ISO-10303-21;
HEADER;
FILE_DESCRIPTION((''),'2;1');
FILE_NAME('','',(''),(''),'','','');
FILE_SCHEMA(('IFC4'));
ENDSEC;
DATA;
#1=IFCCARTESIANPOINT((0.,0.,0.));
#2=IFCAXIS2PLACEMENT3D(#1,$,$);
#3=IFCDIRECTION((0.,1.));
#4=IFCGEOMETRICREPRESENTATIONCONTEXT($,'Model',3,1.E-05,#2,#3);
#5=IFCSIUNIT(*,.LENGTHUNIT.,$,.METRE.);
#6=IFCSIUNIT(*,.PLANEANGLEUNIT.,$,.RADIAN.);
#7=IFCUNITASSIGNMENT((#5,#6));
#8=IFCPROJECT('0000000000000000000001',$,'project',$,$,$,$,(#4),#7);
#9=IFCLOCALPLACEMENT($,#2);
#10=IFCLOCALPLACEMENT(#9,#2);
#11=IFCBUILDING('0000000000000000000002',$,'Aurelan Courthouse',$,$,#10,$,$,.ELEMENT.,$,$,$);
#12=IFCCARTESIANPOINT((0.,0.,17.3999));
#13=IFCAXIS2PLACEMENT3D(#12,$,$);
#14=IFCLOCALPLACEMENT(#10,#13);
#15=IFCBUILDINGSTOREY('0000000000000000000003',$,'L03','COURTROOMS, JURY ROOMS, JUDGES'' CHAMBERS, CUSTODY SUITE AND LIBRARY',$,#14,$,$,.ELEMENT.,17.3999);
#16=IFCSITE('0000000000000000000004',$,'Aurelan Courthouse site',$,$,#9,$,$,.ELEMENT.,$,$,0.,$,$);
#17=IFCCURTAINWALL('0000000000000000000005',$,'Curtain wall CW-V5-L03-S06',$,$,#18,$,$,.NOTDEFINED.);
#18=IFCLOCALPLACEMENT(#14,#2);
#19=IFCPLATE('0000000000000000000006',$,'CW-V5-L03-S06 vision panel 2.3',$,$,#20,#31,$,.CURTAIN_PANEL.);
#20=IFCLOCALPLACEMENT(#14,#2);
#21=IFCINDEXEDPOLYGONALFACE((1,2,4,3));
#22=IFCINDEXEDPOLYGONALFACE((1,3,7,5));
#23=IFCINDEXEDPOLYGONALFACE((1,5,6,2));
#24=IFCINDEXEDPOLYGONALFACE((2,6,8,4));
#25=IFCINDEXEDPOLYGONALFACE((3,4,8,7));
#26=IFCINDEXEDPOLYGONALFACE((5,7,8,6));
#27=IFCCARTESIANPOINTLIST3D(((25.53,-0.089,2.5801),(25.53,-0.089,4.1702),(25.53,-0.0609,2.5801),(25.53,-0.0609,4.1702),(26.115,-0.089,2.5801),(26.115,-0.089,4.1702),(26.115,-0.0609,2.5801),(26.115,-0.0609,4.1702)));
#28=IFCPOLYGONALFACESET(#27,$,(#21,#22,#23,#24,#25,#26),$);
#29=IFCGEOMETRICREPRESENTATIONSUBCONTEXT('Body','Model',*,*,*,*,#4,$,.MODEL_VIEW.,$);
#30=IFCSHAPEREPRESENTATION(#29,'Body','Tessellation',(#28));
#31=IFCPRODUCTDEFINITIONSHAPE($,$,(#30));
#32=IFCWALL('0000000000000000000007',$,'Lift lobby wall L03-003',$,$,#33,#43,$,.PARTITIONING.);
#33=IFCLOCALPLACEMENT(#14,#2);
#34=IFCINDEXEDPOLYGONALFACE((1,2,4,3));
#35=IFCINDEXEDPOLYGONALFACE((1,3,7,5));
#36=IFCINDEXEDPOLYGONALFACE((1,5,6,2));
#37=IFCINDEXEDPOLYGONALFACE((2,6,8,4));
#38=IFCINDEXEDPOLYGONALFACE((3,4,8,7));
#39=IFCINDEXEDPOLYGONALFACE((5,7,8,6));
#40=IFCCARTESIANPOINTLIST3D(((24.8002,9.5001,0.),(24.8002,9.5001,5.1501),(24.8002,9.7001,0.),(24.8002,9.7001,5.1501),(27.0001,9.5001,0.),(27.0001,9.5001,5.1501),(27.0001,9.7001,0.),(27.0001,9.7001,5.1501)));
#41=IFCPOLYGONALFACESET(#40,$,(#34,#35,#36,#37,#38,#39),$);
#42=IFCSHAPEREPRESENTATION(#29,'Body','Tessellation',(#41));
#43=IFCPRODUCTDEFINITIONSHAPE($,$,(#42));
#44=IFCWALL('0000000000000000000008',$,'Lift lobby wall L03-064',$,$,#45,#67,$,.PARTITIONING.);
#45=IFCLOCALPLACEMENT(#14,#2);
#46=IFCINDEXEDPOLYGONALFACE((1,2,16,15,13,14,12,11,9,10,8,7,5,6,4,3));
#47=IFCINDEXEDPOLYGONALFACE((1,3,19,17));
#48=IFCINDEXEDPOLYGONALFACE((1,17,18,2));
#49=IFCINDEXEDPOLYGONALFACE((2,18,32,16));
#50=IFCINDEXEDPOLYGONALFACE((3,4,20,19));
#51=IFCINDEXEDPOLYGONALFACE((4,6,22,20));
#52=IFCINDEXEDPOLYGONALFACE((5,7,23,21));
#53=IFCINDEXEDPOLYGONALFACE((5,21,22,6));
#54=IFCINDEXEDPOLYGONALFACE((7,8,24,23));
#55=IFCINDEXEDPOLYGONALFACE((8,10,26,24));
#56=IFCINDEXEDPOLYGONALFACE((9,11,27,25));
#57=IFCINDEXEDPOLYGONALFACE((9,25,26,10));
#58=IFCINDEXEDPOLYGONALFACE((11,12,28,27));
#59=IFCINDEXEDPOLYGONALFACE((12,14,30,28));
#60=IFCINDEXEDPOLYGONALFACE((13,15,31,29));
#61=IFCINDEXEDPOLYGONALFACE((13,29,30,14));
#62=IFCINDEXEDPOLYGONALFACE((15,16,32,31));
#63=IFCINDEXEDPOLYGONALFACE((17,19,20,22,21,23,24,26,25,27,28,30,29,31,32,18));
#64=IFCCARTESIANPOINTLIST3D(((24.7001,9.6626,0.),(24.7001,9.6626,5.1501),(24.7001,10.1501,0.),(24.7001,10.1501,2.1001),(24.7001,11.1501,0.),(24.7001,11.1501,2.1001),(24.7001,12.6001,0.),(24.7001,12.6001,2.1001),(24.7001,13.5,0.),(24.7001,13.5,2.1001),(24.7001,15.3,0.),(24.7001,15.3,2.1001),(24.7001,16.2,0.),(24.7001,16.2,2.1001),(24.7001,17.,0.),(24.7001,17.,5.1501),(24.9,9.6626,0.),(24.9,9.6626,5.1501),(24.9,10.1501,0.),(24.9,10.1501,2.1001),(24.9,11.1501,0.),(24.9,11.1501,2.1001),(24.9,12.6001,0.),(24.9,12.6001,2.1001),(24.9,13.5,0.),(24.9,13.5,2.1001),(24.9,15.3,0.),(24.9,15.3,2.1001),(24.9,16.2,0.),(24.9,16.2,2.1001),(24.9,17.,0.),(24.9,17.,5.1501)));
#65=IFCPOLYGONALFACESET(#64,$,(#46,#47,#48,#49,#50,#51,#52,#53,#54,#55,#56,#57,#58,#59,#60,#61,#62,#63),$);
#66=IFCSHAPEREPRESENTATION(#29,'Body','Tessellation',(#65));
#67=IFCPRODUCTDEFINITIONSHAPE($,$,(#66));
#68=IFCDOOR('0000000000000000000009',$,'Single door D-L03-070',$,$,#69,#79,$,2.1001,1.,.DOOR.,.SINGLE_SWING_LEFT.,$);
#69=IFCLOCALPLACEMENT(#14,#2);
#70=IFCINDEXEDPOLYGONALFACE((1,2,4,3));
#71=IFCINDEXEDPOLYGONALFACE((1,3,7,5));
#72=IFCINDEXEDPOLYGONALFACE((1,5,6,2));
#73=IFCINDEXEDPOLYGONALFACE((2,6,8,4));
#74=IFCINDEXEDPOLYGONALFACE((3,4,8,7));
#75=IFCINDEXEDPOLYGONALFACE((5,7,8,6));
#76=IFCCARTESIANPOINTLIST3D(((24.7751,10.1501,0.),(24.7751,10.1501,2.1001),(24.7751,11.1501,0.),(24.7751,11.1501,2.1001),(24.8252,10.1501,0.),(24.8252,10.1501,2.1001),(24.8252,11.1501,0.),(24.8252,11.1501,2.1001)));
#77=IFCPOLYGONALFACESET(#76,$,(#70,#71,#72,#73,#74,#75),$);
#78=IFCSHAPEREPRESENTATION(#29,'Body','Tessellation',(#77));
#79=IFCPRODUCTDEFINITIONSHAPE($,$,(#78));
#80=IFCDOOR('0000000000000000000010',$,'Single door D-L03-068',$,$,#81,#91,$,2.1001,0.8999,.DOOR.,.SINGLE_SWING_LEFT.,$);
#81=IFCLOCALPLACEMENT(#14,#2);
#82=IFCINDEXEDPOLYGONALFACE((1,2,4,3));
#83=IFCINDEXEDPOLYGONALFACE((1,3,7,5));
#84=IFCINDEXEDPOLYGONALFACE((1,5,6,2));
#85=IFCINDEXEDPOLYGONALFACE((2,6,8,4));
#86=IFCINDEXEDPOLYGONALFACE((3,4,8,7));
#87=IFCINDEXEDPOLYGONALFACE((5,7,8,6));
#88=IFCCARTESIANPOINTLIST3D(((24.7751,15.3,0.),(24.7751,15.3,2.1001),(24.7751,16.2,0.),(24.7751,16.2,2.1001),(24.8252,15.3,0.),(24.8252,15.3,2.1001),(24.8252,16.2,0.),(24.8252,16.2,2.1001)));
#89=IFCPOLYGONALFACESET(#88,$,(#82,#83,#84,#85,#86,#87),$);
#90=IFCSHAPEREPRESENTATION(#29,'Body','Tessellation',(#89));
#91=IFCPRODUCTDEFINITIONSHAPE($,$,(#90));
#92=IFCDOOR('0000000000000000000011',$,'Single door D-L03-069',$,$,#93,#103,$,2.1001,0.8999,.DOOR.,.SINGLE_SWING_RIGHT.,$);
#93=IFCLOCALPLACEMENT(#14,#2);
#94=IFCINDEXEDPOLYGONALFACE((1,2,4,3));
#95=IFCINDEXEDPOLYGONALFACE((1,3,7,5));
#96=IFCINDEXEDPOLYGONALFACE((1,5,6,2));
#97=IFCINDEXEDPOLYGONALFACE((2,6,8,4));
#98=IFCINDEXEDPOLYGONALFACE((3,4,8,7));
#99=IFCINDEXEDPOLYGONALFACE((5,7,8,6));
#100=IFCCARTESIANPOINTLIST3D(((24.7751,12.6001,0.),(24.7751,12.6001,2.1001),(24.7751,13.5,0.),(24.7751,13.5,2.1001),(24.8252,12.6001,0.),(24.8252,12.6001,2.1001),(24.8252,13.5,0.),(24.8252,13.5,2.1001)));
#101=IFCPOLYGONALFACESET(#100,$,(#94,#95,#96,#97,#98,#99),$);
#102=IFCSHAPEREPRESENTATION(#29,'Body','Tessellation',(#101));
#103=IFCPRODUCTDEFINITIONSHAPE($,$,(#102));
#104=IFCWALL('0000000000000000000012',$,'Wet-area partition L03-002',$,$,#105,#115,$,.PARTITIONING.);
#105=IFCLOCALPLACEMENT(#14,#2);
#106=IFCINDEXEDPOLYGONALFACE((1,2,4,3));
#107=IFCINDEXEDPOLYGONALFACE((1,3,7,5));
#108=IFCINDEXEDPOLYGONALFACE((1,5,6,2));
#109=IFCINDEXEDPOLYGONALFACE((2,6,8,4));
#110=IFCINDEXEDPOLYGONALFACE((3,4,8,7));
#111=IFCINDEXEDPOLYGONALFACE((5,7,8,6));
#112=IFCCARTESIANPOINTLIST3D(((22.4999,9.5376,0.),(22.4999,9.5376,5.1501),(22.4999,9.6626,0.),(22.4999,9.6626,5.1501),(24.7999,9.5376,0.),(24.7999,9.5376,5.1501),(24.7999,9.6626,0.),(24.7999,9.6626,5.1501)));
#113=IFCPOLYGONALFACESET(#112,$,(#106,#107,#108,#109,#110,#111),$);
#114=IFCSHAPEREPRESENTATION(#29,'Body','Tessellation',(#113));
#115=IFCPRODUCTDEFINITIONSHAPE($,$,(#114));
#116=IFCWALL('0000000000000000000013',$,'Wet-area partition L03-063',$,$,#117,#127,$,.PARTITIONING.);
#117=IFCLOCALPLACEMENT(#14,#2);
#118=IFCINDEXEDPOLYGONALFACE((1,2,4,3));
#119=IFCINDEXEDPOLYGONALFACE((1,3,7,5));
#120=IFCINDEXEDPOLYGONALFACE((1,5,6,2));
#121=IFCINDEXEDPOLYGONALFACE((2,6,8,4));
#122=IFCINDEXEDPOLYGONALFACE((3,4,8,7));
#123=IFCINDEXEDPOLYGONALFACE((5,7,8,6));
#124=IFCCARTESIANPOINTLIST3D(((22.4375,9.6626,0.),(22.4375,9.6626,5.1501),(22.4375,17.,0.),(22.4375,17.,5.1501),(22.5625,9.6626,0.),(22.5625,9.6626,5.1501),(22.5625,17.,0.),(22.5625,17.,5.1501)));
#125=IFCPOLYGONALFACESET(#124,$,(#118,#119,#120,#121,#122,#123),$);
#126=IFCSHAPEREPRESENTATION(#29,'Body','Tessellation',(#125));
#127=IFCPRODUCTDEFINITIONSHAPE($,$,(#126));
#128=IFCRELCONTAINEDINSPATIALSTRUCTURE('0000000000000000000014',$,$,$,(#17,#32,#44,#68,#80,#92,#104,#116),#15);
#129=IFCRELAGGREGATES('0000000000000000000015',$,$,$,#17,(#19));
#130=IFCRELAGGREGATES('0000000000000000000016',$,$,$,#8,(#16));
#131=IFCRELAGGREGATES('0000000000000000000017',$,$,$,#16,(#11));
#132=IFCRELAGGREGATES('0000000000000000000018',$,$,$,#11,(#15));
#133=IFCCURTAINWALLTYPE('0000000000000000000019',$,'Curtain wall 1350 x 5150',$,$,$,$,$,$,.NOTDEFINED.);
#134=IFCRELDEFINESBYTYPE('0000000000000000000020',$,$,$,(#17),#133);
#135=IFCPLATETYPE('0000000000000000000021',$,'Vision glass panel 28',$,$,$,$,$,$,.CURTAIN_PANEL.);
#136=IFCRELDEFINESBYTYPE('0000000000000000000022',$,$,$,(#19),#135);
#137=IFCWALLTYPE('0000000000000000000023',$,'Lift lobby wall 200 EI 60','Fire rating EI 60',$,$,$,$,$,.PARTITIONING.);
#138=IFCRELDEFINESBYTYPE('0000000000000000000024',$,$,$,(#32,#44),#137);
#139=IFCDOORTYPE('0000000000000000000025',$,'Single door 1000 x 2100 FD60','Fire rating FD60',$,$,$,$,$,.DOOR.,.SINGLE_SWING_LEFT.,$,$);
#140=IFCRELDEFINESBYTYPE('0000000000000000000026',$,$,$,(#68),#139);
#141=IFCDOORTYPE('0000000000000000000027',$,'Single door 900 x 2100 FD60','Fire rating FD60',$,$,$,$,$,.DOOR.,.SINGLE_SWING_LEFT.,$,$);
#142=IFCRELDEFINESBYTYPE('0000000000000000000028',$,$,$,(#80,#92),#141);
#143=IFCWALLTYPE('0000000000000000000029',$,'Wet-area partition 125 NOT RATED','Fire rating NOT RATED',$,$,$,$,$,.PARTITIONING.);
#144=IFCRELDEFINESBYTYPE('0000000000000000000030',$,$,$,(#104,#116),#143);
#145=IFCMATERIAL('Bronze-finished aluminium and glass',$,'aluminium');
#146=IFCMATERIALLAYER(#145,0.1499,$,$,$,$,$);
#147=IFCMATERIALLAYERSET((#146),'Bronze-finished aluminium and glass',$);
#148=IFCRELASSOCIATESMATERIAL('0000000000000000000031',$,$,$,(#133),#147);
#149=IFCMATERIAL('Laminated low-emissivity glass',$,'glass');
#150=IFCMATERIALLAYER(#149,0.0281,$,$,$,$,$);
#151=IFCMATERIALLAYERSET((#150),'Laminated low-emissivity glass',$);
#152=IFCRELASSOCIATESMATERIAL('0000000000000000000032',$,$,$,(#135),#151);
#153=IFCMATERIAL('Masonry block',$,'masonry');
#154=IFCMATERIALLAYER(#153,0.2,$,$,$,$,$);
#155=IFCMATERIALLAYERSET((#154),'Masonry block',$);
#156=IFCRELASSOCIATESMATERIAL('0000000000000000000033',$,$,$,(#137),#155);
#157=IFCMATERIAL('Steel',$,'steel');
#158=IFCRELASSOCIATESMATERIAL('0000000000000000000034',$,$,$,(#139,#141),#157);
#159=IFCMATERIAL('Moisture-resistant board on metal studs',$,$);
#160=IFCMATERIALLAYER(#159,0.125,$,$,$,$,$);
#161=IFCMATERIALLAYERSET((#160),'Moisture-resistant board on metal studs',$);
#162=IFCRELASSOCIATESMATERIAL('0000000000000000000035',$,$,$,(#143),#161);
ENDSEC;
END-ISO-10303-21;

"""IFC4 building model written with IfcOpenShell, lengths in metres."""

from ifc_helpers import new_model, si_unit, direction, frame, frame_2d, origin, origin_2d, place, context, subcontext, project, spatial, rectangle, extrude, material, layer, layer_set, type_object, element, fill, aggregate, save


model = new_model("IFC4")

# Units and contexts
model_context = context("Model", 3, precision=1e-05, world=origin(), true_north=direction((0.0, 1.0)))
body_context = subcontext(model_context, "Body", "Model", "MODEL_VIEW")
ifc_project = project(units=[si_unit("LENGTHUNIT", "METRE"), si_unit("PLANEANGLEUNIT", "RADIAN")], contexts=[model_context])

# Site, building, storey
site_placement = place(None, origin())
site = spatial("IfcSite", under=ifc_project, at=site_placement, Name="Aurelan Courthouse site", CompositionType="ELEMENT", RefElevation=0.0)
building_placement = place(site_placement, origin())
building = spatial("IfcBuilding", under=site, at=building_placement, Name="Aurelan Courthouse", CompositionType="ELEMENT")
storey_placement = place(building_placement, frame((0.0, 0.0, 17.3999)))
storey = spatial("IfcBuildingStorey", under=building, at=storey_placement, Name="L03", Description="COURTROOMS, JURY ROOMS, JUDGES' CHAMBERS, CUSTODY SUITE AND LIBRARY", CompositionType="ELEMENT", Elevation=17.3999)

# Shared definitions
ifc_material_1 = material(Name="Bronze-finished aluminium and glass", Category="aluminium")
ifc_layer_1 = layer(ifc_material_1, 0.1499)
ifc_layer_set_1 = layer_set([ifc_layer_1], Name="Bronze-finished aluminium and glass")
curtain_wall_type = type_object("IfcCurtainWallType", Name="Curtain wall 1350 x 5150", PredefinedType="NOTDEFINED", material=ifc_layer_set_1)

# Curtain wall
curtain_wall_1_placement = place(storey_placement, origin())
curtain_wall_1 = element("IfcCurtainWall", 1, at=curtain_wall_1_placement, inside=storey, type_object=curtain_wall_type, Name="Curtain wall CW-V5-L03-S06", PredefinedType="NOTDEFINED")

# Plate
ifc_material_2 = material(Name="Laminated low-emissivity glass", Category="glass")
ifc_layer_2 = layer(ifc_material_2, 0.0281)
ifc_layer_set_2 = layer_set([ifc_layer_2], Name="Laminated low-emissivity glass")
plate_type_1 = type_object("IfcPlateType", Name="Vision glass panel 28", PredefinedType="CURTAIN_PANEL", material=ifc_layer_set_2)
plate_1_placement = place(storey_placement, frame((25.8225, -0.075, 2.5801), z_axis=(0.0, 0.0, 1.0), x_axis=(1.0, 0.0, 0.0)))
plate_1 = element("IfcPlate", 2, at=plate_1_placement, type_object=plate_type_1, Name="CW-V5-L03-S06 vision panel 2.3", PredefinedType="CURTAIN_PANEL", context=body_context, shape_type="SweptSolid", body=[
    extrude(rectangle(XDim=0.585, YDim=0.0281, at=origin_2d()), origin(), (0.0, 0.0, 1.0), 1.5901),
])
aggregate(curtain_wall_1, [plate_1])

# Wall
ifc_material_3 = material(Name="Masonry block", Category="masonry")
ifc_layer_3 = layer(ifc_material_3, 0.2)
ifc_layer_set_3 = layer_set([ifc_layer_3], Name="Masonry block")
wall_type_1 = type_object("IfcWallType", Name="Lift lobby wall 200 EI 60", Description="Fire rating EI 60", PredefinedType="PARTITIONING", material=ifc_layer_set_3)
wall_1_placement = place(storey_placement, frame((24.8, 9.6001, 0.0), z_axis=(0.0, 0.0, 1.0), x_axis=(1.0, 0.0, 0.0)))
element("IfcWall", 3, at=wall_1_placement, inside=storey, type_object=wall_type_1, Name="Lift lobby wall L03-003", PredefinedType="PARTITIONING", context=body_context, shape_type="SweptSolid", body=[
    extrude(rectangle(XDim=2.2, YDim=0.2, at=frame_2d((1.1001, 0.0))), origin(), (0.0, 0.0, 1.0), 5.1501),
])

# Wall, openings, doors
wall_2_placement = place(storey_placement, frame((24.8, 9.6626, 0.0), z_axis=(0.0, 0.0, 1.0), x_axis=(0.0, 1.0, 0.0)))
wall_2 = element("IfcWall", 4, at=wall_2_placement, inside=storey, type_object=wall_type_1, Name="Lift lobby wall L03-064", PredefinedType="PARTITIONING", context=body_context, shape_type="SweptSolid", body=[
    extrude(rectangle(XDim=7.3374, YDim=0.2, at=frame_2d((3.6687, 0.0))), origin(), (0.0, 0.0, 1.0), 5.1501),
])
opening_1_placement = place(wall_2_placement, frame((5.6375, 0.0, 0.0)))
opening_1 = element("IfcOpeningElement", 5, at=opening_1_placement, cuts=wall_2, PredefinedType="OPENING", context=body_context, shape_type="SweptSolid", body=[
    extrude(rectangle(XDim=0.8999, YDim=2.1001, at=frame_2d((0.45, 1.05))), frame((0.0, 0.1099, 0.0), z_axis=(0.0, -1.0, 0.0), x_axis=(1.0, 0.0, 0.0)), (0.0, 0.0, 1.0), 0.22),
])
opening_2_placement = place(wall_2_placement, frame((2.9375, 0.0, 0.0)))
opening_2 = element("IfcOpeningElement", 6, at=opening_2_placement, cuts=wall_2, PredefinedType="OPENING", context=body_context, shape_type="SweptSolid", body=[
    extrude(rectangle(XDim=0.8999, YDim=2.1001, at=frame_2d((0.45, 1.05))), frame((0.0, 0.1099, 0.0), z_axis=(0.0, -1.0, 0.0), x_axis=(1.0, 0.0, 0.0)), (0.0, 0.0, 1.0), 0.22),
])
opening_3_placement = place(wall_2_placement, frame((0.4875, 0.0, 0.0)))
opening_3 = element("IfcOpeningElement", 7, at=opening_3_placement, cuts=wall_2, PredefinedType="OPENING", context=body_context, shape_type="SweptSolid", body=[
    extrude(rectangle(XDim=1.0, YDim=2.1001, at=frame_2d((0.5, 1.05))), frame((0.0, 0.1099, 0.0), z_axis=(0.0, -1.0, 0.0), x_axis=(1.0, 0.0, 0.0)), (0.0, 0.0, 1.0), 0.22),
])
ifc_material_4 = material(Name="Steel", Category="steel")
door_type_1 = type_object("IfcDoorType", Name="Single door 1000 x 2100 FD60", Description="Fire rating FD60", OperationType="SINGLE_SWING_LEFT", PredefinedType="DOOR", material=ifc_material_4)
door_1_placement = place(opening_3_placement, origin())
door_1 = element("IfcDoor", 8, at=door_1_placement, inside=storey, type_object=door_type_1, Name="Single door D-L03-070", OperationType="SINGLE_SWING_LEFT", OverallHeight=2.1001, OverallWidth=1.0, PredefinedType="DOOR", context=body_context, shape_type="SweptSolid", body=[
    extrude(rectangle(XDim=1.0, YDim=2.1001, at=frame_2d((0.5, 1.05))), frame((0.0, 0.0249, 0.0), z_axis=(0.0, -1.0, 0.0), x_axis=(1.0, 0.0, 0.0)), (0.0, 0.0, 1.0), 0.05),
])
fill(opening_3, door_1)
door_type_2 = type_object("IfcDoorType", Name="Single door 900 x 2100 FD60", Description="Fire rating FD60", OperationType="SINGLE_SWING_LEFT", PredefinedType="DOOR", material=ifc_material_4)
door_2_placement = place(opening_1_placement, origin())
door_2 = element("IfcDoor", 9, at=door_2_placement, inside=storey, type_object=door_type_2, Name="Single door D-L03-068", OperationType="SINGLE_SWING_LEFT", OverallHeight=2.1001, OverallWidth=0.8999, PredefinedType="DOOR", context=body_context, shape_type="SweptSolid", body=[
    extrude(rectangle(XDim=0.8999, YDim=2.1001, at=frame_2d((0.45, 1.05))), frame((0.0, 0.0249, 0.0), z_axis=(0.0, -1.0, 0.0), x_axis=(1.0, 0.0, 0.0)), (0.0, 0.0, 1.0), 0.05),
])
fill(opening_1, door_2)
door_3_placement = place(opening_2_placement, origin())
door_3 = element("IfcDoor", 10, at=door_3_placement, inside=storey, type_object=door_type_2, Name="Single door D-L03-069", OperationType="SINGLE_SWING_RIGHT", OverallHeight=2.1001, OverallWidth=0.8999, PredefinedType="DOOR", context=body_context, shape_type="SweptSolid", body=[
    extrude(rectangle(XDim=0.8999, YDim=2.1001, at=frame_2d((0.45, 1.05))), frame((0.0, 0.0249, 0.0), z_axis=(0.0, -1.0, 0.0), x_axis=(1.0, 0.0, 0.0)), (0.0, 0.0, 1.0), 0.05),
])
fill(opening_2, door_3)

# Walls
ifc_material_5 = material(Name="Moisture-resistant board on metal studs")
ifc_layer_4 = layer(ifc_material_5, 0.125)
ifc_layer_set_4 = layer_set([ifc_layer_4], Name="Moisture-resistant board on metal studs")
wall_type_2 = type_object("IfcWallType", Name="Wet-area partition 125 NOT RATED", Description="Fire rating NOT RATED", PredefinedType="PARTITIONING", material=ifc_layer_set_4)
wall_3_placement = place(storey_placement, frame((22.5, 9.6001, 0.0), z_axis=(0.0, 0.0, 1.0), x_axis=(1.0, 0.0, 0.0)))
element("IfcWall", 11, at=wall_3_placement, inside=storey, type_object=wall_type_2, Name="Wet-area partition L03-002", PredefinedType="PARTITIONING", context=body_context, shape_type="SweptSolid", body=[
    extrude(rectangle(XDim=2.3, YDim=0.125, at=frame_2d((1.1499, 0.0))), origin(), (0.0, 0.0, 1.0), 5.1501),
])
wall_4_placement = place(storey_placement, frame((22.5, 9.6626, 0.0), z_axis=(0.0, 0.0, 1.0), x_axis=(0.0, 1.0, 0.0)))
element("IfcWall", 12, at=wall_4_placement, inside=storey, type_object=wall_type_2, Name="Wet-area partition L03-063", PredefinedType="PARTITIONING", context=body_context, shape_type="SweptSolid", body=[
    extrude(rectangle(XDim=7.3374, YDim=0.125, at=frame_2d((3.6687, 0.0))), origin(), (0.0, 0.0, 1.0), 5.1501),
])

save(model, "model.ifc")
